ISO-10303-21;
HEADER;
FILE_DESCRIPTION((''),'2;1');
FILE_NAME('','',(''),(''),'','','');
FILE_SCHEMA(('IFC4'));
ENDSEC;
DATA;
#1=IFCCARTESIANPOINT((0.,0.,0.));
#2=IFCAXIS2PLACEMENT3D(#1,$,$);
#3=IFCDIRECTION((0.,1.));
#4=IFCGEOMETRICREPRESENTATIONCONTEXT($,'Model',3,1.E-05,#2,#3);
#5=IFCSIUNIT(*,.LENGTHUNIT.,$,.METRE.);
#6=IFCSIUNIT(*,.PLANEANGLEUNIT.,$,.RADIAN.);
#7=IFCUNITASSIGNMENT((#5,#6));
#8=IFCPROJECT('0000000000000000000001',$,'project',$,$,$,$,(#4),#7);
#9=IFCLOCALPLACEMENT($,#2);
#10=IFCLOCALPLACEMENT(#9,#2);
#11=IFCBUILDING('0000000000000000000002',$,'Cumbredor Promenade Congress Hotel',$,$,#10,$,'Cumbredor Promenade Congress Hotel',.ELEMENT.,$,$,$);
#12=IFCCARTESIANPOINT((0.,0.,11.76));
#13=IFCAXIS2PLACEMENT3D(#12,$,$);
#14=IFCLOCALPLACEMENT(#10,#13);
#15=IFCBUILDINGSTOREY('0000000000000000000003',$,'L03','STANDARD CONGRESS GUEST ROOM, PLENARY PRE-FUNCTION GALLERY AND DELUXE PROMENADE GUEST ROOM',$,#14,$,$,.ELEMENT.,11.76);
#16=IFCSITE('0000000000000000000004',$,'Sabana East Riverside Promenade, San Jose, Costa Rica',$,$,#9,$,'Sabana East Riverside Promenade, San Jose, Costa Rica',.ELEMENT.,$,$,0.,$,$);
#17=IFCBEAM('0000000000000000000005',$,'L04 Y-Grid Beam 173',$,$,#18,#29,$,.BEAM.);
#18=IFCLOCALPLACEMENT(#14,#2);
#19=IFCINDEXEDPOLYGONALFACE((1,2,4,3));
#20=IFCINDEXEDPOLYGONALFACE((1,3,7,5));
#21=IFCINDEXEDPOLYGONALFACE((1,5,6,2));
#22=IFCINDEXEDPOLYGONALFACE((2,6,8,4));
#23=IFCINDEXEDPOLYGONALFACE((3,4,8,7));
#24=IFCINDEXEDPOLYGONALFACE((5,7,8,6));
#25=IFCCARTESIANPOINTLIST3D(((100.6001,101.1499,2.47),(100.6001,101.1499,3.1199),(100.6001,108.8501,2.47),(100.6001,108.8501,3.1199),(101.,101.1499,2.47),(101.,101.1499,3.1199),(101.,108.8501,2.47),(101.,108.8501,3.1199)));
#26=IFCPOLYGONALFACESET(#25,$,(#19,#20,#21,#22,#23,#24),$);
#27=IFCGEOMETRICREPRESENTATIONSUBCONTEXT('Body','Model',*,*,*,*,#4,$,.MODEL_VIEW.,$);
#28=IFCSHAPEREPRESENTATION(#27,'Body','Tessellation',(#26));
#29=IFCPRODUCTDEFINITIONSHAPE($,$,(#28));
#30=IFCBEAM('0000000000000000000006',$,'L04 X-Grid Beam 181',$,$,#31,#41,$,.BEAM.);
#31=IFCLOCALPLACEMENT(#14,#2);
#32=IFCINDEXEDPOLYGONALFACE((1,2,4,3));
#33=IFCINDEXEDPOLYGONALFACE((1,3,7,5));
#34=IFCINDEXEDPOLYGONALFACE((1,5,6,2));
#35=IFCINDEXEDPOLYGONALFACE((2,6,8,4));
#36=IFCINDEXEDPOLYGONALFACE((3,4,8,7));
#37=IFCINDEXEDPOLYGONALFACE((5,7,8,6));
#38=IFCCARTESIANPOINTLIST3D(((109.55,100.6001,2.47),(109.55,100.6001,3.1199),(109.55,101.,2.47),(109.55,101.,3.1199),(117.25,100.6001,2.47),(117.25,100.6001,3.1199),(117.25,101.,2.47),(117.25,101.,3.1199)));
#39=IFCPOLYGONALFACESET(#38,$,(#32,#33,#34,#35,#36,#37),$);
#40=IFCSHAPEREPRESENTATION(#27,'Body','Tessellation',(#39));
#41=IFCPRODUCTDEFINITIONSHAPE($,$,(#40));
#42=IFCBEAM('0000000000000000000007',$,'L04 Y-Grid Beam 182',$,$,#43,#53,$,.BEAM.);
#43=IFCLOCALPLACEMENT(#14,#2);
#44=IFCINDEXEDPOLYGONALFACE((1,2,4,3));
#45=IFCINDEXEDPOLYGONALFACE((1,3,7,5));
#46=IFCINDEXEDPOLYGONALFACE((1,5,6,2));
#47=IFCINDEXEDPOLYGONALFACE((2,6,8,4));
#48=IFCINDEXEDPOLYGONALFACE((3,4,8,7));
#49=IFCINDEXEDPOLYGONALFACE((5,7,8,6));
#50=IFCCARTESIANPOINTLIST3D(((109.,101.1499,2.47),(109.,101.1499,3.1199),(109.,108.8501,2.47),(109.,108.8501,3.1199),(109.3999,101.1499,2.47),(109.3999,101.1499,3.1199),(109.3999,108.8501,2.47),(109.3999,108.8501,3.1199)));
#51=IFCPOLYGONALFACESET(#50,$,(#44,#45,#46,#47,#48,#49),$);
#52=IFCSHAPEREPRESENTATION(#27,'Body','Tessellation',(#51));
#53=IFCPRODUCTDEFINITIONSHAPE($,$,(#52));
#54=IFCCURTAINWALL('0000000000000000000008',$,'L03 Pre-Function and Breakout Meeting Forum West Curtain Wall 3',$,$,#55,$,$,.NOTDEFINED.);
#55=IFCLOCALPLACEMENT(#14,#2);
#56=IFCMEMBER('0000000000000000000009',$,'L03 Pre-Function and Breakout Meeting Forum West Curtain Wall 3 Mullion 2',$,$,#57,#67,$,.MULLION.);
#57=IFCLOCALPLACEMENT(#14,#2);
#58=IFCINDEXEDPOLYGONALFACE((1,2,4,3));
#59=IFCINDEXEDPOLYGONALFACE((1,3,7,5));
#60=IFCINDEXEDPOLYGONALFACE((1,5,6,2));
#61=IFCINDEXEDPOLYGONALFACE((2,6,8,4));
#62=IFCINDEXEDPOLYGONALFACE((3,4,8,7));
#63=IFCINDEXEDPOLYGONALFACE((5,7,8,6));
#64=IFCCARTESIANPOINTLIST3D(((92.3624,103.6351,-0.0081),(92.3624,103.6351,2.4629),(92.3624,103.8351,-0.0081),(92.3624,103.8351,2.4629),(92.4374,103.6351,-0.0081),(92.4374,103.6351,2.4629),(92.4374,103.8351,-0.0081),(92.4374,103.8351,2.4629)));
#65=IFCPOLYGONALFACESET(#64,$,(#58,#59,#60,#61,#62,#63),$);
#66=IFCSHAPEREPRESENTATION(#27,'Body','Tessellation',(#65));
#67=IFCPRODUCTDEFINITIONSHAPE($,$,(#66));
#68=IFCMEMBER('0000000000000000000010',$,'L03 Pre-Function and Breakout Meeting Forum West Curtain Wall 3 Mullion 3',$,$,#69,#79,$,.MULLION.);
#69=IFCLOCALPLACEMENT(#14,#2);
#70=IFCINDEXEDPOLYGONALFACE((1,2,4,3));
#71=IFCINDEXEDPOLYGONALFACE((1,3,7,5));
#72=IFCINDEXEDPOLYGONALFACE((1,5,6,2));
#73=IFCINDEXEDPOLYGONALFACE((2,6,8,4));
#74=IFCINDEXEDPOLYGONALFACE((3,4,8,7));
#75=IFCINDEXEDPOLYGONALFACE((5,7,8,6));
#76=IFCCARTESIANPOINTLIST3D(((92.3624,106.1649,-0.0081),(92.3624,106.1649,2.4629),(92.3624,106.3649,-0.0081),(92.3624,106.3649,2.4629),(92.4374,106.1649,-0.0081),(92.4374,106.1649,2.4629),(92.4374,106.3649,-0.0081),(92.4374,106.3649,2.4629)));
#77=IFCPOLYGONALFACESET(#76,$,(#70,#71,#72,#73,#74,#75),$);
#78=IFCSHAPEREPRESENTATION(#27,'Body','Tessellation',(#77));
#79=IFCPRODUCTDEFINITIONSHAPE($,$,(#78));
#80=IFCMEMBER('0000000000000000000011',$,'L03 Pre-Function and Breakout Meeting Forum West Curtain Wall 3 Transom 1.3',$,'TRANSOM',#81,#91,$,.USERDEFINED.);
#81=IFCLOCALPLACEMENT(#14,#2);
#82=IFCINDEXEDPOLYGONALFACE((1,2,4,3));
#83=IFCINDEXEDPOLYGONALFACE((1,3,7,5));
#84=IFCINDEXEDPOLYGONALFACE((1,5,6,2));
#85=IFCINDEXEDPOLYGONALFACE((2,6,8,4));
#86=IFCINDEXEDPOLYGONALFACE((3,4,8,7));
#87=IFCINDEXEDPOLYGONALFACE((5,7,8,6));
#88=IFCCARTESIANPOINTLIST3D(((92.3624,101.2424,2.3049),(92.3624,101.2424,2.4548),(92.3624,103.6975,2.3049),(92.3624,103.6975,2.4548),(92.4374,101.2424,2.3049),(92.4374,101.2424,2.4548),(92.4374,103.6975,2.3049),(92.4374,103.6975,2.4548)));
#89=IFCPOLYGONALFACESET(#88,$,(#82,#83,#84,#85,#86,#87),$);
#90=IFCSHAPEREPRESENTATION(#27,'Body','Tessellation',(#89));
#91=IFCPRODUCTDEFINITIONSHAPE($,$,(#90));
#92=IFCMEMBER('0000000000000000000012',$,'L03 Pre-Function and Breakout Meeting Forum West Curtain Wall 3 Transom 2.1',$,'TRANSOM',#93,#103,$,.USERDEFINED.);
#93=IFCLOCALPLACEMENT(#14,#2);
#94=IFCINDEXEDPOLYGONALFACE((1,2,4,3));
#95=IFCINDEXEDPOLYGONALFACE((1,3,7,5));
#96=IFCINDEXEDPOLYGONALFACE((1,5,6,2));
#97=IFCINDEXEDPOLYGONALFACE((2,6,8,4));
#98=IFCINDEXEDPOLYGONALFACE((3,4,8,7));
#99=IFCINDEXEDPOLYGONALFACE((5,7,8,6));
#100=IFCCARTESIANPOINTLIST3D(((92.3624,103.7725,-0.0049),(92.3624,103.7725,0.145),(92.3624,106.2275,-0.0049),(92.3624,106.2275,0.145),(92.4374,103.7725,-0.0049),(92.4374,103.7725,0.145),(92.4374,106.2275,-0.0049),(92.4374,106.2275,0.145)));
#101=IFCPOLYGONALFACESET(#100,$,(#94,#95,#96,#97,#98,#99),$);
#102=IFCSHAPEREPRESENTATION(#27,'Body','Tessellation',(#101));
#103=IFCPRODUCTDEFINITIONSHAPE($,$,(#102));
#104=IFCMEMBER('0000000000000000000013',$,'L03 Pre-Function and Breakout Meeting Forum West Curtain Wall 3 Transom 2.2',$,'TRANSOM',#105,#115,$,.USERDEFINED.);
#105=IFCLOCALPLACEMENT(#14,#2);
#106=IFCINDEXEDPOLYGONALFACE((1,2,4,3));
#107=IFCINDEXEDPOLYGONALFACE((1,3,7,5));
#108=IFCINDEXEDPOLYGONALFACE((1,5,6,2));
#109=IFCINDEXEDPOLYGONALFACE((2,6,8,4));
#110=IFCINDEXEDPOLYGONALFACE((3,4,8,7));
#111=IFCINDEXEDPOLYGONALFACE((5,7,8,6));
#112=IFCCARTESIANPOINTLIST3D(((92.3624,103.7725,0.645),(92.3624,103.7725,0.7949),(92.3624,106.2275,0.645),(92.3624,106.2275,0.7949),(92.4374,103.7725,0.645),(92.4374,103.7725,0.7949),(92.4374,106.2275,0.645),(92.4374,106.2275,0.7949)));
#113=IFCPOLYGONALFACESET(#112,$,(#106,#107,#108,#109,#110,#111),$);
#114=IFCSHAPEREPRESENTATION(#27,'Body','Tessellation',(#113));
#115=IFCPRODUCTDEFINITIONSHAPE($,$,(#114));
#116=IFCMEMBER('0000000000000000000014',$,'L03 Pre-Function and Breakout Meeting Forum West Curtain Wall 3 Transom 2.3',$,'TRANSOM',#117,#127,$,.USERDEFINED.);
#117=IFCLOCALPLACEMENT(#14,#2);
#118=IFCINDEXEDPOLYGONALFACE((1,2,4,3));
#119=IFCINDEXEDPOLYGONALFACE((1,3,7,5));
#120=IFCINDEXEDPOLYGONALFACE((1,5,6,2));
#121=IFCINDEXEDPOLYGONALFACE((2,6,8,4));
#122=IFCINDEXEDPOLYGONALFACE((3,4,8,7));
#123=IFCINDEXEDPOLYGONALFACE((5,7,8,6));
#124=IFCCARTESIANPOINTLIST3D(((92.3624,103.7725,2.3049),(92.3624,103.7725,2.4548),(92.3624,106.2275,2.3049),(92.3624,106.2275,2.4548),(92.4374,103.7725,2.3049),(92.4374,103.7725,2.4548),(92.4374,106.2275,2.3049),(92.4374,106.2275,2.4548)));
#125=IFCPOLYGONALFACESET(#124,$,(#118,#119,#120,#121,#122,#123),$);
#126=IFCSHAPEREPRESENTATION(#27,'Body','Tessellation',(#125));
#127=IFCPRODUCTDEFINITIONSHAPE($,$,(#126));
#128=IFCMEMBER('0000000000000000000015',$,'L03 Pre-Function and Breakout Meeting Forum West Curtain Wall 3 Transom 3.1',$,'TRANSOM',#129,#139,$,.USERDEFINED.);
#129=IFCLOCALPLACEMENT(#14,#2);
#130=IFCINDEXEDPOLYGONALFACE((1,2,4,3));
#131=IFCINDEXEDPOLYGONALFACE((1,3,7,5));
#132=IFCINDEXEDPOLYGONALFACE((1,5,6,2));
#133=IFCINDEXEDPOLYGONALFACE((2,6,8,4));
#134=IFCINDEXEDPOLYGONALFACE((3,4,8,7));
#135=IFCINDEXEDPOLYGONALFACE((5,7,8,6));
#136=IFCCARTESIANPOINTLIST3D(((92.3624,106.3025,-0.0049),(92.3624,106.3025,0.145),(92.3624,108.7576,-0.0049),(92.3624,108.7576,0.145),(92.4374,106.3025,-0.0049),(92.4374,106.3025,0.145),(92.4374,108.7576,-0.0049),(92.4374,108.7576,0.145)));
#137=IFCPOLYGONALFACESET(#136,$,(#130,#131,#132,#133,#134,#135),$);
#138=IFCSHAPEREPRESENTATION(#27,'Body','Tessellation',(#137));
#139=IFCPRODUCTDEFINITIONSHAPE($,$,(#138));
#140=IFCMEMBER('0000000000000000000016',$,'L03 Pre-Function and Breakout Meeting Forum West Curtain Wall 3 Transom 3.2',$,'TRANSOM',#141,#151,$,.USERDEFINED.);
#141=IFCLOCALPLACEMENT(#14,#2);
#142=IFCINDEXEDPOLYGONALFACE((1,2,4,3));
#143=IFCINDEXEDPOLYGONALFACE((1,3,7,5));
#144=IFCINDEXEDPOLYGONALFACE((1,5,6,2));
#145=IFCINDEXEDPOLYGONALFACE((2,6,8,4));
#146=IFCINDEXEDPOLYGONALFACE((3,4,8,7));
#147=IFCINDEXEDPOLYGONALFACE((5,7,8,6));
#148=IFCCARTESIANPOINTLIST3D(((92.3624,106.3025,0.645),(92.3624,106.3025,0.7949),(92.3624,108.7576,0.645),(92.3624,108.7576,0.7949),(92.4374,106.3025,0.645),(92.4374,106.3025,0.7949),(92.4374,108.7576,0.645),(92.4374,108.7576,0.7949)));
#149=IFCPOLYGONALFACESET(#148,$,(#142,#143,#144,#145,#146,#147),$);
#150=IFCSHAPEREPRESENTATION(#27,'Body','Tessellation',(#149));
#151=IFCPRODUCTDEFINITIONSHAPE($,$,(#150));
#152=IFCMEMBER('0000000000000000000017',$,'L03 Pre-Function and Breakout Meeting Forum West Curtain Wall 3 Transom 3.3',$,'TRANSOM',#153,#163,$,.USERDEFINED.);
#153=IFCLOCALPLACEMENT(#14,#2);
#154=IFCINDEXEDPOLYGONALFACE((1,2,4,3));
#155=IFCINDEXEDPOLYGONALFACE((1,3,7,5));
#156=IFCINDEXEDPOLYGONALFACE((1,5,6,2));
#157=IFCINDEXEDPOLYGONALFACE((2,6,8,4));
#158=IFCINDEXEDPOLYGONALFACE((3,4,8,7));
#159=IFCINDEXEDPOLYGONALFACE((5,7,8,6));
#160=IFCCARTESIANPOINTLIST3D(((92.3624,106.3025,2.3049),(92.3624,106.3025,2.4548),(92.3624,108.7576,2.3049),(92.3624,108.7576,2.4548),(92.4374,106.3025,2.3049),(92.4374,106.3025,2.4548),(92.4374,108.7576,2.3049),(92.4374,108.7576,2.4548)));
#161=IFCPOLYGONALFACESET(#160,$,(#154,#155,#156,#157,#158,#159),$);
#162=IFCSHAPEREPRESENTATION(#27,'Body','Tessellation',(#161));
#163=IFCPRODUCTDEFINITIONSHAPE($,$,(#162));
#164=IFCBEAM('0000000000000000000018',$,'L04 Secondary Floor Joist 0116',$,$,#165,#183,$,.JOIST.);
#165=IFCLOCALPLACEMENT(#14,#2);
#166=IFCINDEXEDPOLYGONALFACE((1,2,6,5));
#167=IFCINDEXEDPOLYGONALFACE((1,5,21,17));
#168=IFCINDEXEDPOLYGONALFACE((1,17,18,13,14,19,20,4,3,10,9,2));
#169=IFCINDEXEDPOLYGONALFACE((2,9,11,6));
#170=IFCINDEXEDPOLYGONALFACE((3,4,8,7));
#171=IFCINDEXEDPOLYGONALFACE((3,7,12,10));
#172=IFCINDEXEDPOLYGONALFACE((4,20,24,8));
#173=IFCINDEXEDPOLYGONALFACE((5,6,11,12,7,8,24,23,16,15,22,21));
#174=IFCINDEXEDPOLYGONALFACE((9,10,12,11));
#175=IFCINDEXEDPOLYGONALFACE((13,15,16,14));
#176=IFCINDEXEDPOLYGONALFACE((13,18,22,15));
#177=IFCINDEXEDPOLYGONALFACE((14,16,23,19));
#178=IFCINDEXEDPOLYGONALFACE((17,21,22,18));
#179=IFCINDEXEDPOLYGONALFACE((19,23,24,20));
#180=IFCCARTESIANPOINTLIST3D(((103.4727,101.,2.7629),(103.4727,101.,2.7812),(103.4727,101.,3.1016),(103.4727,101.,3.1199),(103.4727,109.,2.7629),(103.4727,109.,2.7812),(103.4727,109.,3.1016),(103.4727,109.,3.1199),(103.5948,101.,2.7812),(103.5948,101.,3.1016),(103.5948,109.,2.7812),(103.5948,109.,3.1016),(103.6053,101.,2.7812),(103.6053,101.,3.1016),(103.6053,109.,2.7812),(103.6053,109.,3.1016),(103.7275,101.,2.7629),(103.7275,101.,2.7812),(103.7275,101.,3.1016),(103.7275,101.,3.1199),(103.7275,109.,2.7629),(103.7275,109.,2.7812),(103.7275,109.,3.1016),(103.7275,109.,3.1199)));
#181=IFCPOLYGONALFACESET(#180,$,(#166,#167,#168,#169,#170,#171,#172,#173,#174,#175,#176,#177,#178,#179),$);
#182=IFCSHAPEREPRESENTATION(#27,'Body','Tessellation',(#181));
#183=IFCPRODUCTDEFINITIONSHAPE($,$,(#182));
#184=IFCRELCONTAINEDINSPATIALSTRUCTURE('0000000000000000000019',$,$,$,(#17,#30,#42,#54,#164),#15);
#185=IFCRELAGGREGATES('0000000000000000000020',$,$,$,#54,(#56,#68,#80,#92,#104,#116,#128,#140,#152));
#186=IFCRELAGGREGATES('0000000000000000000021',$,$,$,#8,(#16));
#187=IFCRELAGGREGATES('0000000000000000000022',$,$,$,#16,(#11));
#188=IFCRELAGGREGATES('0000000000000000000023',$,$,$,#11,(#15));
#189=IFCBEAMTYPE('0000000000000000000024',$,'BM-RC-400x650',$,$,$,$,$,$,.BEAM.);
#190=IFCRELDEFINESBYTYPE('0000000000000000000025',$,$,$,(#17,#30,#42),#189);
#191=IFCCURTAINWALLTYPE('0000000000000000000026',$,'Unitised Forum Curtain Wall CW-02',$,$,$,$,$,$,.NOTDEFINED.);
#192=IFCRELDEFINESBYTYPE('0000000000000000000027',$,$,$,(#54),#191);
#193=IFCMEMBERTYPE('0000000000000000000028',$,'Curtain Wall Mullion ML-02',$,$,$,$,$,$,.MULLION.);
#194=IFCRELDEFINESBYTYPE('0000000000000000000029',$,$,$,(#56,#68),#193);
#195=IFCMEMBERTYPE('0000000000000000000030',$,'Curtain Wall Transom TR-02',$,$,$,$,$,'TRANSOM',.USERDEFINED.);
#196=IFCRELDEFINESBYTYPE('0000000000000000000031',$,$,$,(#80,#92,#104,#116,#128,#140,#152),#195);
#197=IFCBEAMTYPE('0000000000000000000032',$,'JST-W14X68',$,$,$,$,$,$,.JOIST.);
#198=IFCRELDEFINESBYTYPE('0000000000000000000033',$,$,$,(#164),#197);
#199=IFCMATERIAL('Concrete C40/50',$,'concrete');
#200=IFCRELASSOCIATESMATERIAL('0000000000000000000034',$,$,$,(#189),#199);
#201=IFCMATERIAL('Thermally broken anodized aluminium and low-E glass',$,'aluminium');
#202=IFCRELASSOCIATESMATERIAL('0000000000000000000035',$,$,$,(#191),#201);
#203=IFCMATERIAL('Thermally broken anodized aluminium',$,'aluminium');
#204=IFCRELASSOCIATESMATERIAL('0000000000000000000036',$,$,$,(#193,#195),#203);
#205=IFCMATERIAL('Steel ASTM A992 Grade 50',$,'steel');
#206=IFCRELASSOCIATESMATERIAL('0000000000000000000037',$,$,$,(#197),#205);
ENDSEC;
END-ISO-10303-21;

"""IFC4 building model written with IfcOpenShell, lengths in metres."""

from ifc_helpers import new_model, si_unit, direction, frame, origin, origin_2d, place, context, subcontext, project, spatial, rectangle, i_section, extrude, material, material_profile, profile_set, type_object, element, aggregate, save


model = new_model("IFC4")

# Units and contexts
model_context = context("Model", 3, precision=1e-05, world=origin(), true_north=direction((0.0, 1.0)))
body_context = subcontext(model_context, "Body", "Model", "MODEL_VIEW")
ifc_project = project(units=[si_unit("LENGTHUNIT", "METRE"), si_unit("PLANEANGLEUNIT", "RADIAN")], contexts=[model_context])

# Site, building, storey
site_placement = place(None, origin())
site = spatial("IfcSite", under=ifc_project, at=site_placement, Name="Sabana East Riverside Promenade, San Jose, Costa Rica", LongName="Sabana East Riverside Promenade, San Jose, Costa Rica", CompositionType="ELEMENT", RefElevation=0.0)
building_placement = place(site_placement, origin())
building = spatial("IfcBuilding", under=site, at=building_placement, Name="Cumbredor Promenade Congress Hotel", LongName="Cumbredor Promenade Congress Hotel", CompositionType="ELEMENT")
storey_placement = place(building_placement, frame((0.0, 0.0, 11.76)))
storey = spatial("IfcBuildingStorey", under=building, at=storey_placement, Name="L03", Description="STANDARD CONGRESS GUEST ROOM, PLENARY PRE-FUNCTION GALLERY AND DELUXE PROMENADE GUEST ROOM", CompositionType="ELEMENT", Elevation=11.76)

# Beams
ifc_material_1 = material(Name="Concrete C40/50", Category="concrete")
ifc_material_profile_1 = material_profile(ifc_material_1, rectangle(XDim=0.3999, YDim=0.6499, at=origin_2d()), Name="RC BEAM 400x650")
ifc_profile_set_1 = profile_set([ifc_material_profile_1], Name="Concrete C40/50")
beam_type_1 = type_object("IfcBeamType", Name="BM-RC-400x650", PredefinedType="BEAM", material=ifc_profile_set_1)
beam_1_placement = place(storey_placement, frame((100.8, 101.1499, 2.7949), z_axis=(0.0, 1.0, 0.0), x_axis=(-1.0, 0.0, 0.0)))
element("IfcBeam", 1, at=beam_1_placement, inside=storey, type_object=beam_type_1, Name="L04 Y-Grid Beam 173", PredefinedType="BEAM", context=body_context, shape_type="SweptSolid", body=[
    extrude(rectangle(XDim=0.3999, YDim=0.6499, at=origin_2d()), origin(), (0.0, 0.0, 1.0), 7.7002),
])
beam_2_placement = place(storey_placement, frame((109.55, 100.8, 2.7949), z_axis=(1.0, 0.0, 0.0), x_axis=(0.0, 1.0, 0.0)))
element("IfcBeam", 2, at=beam_2_placement, inside=storey, type_object=beam_type_1, Name="L04 X-Grid Beam 181", PredefinedType="BEAM", context=body_context, shape_type="SweptSolid", body=[
    extrude(rectangle(XDim=0.3999, YDim=0.6499, at=origin_2d()), origin(), (0.0, 0.0, 1.0), 7.7),
])
beam_3_placement = place(storey_placement, frame((109.2, 101.1499, 2.7949), z_axis=(0.0, 1.0, 0.0), x_axis=(-1.0, 0.0, 0.0)))
element("IfcBeam", 3, at=beam_3_placement, inside=storey, type_object=beam_type_1, Name="L04 Y-Grid Beam 182", PredefinedType="BEAM", context=body_context, shape_type="SweptSolid", body=[
    extrude(rectangle(XDim=0.3999, YDim=0.6499, at=origin_2d()), origin(), (0.0, 0.0, 1.0), 7.7002),
])

# Curtain wall, members
ifc_material_2 = material(Name="Thermally broken anodized aluminium and low-E glass", Category="aluminium")
curtain_wall_type = type_object("IfcCurtainWallType", Name="Unitised Forum Curtain Wall CW-02", PredefinedType="NOTDEFINED", material=ifc_material_2)
curtain_wall_placement = place(storey_placement, origin())
curtain_wall = element("IfcCurtainWall", 4, at=curtain_wall_placement, inside=storey, type_object=curtain_wall_type, Name="L03 Pre-Function and Breakout Meeting Forum West Curtain Wall 3", PredefinedType="NOTDEFINED")
ifc_material_3 = material(Name="Thermally broken anodized aluminium", Category="aluminium")
ifc_material_profile_2 = material_profile(ifc_material_3, rectangle(XDim=0.075, YDim=0.2, at=origin_2d()), Name="ALU MULLION 75x200")
ifc_profile_set_2 = profile_set([ifc_material_profile_2], Name="Thermally broken anodized aluminium")
member_type_1 = type_object("IfcMemberType", Name="Curtain Wall Mullion ML-02", PredefinedType="MULLION", material=ifc_profile_set_2)
member_1_placement = place(storey_placement, frame((92.3999, 103.7351, -0.0081), z_axis=(0.0, 0.0, 1.0), x_axis=(1.0, 0.0, 0.0)))
member_1 = element("IfcMember", 5, at=member_1_placement, type_object=member_type_1, Name="L03 Pre-Function and Breakout Meeting Forum West Curtain Wall 3 Mullion 2", PredefinedType="MULLION", context=body_context, shape_type="SweptSolid", body=[
    extrude(rectangle(XDim=0.075, YDim=0.2, at=origin_2d()), origin(), (0.0, 0.0, 1.0), 2.4709),
])
member_2_placement = place(storey_placement, frame((92.3999, 106.2649, -0.0081), z_axis=(0.0, 0.0, 1.0), x_axis=(1.0, 0.0, 0.0)))
member_2 = element("IfcMember", 6, at=member_2_placement, type_object=member_type_1, Name="L03 Pre-Function and Breakout Meeting Forum West Curtain Wall 3 Mullion 3", PredefinedType="MULLION", context=body_context, shape_type="SweptSolid", body=[
    extrude(rectangle(XDim=0.075, YDim=0.2, at=origin_2d()), origin(), (0.0, 0.0, 1.0), 2.4709),
])
ifc_material_profile_3 = material_profile(ifc_material_3, rectangle(XDim=0.075, YDim=0.1499, at=origin_2d()), Name="ALU TRANSOM 75x150")
ifc_profile_set_3 = profile_set([ifc_material_profile_3], Name="Thermally broken anodized aluminium")
member_type_2 = type_object("IfcMemberType", Name="Curtain Wall Transom TR-02", ElementType="TRANSOM", PredefinedType="USERDEFINED", material=ifc_profile_set_3)
member_3_placement = place(storey_placement, frame((92.3999, 101.2424, 2.3799), z_axis=(0.0, 1.0, 0.0), x_axis=(-1.0, 0.0, 0.0)))
member_3 = element("IfcMember", 7, at=member_3_placement, type_object=member_type_2, Name="L03 Pre-Function and Breakout Meeting Forum West Curtain Wall 3 Transom 1.3", ObjectType="TRANSOM", PredefinedType="USERDEFINED", context=body_context, shape_type="SweptSolid", body=[
    extrude(rectangle(XDim=0.075, YDim=0.1499, at=origin_2d()), origin(), (0.0, 0.0, 1.0), 2.4551),
])
member_4_placement = place(storey_placement, frame((92.3999, 103.7725, 0.0701), z_axis=(0.0, 1.0, 0.0), x_axis=(-1.0, 0.0, 0.0)))
member_4 = element("IfcMember", 8, at=member_4_placement, type_object=member_type_2, Name="L03 Pre-Function and Breakout Meeting Forum West Curtain Wall 3 Transom 2.1", ObjectType="TRANSOM", PredefinedType="USERDEFINED", context=body_context, shape_type="SweptSolid", body=[
    extrude(rectangle(XDim=0.075, YDim=0.1499, at=origin_2d()), origin(), (0.0, 0.0, 1.0), 2.4551),
])
member_5_placement = place(storey_placement, frame((92.3999, 103.7725, 0.72), z_axis=(0.0, 1.0, 0.0), x_axis=(-1.0, 0.0, 0.0)))
member_5 = element("IfcMember", 9, at=member_5_placement, type_object=member_type_2, Name="L03 Pre-Function and Breakout Meeting Forum West Curtain Wall 3 Transom 2.2", ObjectType="TRANSOM", PredefinedType="USERDEFINED", context=body_context, shape_type="SweptSolid", body=[
    extrude(rectangle(XDim=0.075, YDim=0.1499, at=origin_2d()), origin(), (0.0, 0.0, 1.0), 2.4551),
])
member_6_placement = place(storey_placement, frame((92.3999, 103.7725, 2.3799), z_axis=(0.0, 1.0, 0.0), x_axis=(-1.0, 0.0, 0.0)))
member_6 = element("IfcMember", 10, at=member_6_placement, type_object=member_type_2, Name="L03 Pre-Function and Breakout Meeting Forum West Curtain Wall 3 Transom 2.3", ObjectType="TRANSOM", PredefinedType="USERDEFINED", context=body_context, shape_type="SweptSolid", body=[
    extrude(rectangle(XDim=0.075, YDim=0.1499, at=origin_2d()), origin(), (0.0, 0.0, 1.0), 2.4551),
])
member_7_placement = place(storey_placement, frame((92.3999, 106.3025, 0.0701), z_axis=(0.0, 1.0, 0.0), x_axis=(-1.0, 0.0, 0.0)))
member_7 = element("IfcMember", 11, at=member_7_placement, type_object=member_type_2, Name="L03 Pre-Function and Breakout Meeting Forum West Curtain Wall 3 Transom 3.1", ObjectType="TRANSOM", PredefinedType="USERDEFINED", context=body_context, shape_type="SweptSolid", body=[
    extrude(rectangle(XDim=0.075, YDim=0.1499, at=origin_2d()), origin(), (0.0, 0.0, 1.0), 2.4551),
])
member_8_placement = place(storey_placement, frame((92.3999, 106.3025, 0.72), z_axis=(0.0, 1.0, 0.0), x_axis=(-1.0, 0.0, 0.0)))
member_8 = element("IfcMember", 12, at=member_8_placement, type_object=member_type_2, Name="L03 Pre-Function and Breakout Meeting Forum West Curtain Wall 3 Transom 3.2", ObjectType="TRANSOM", PredefinedType="USERDEFINED", context=body_context, shape_type="SweptSolid", body=[
    extrude(rectangle(XDim=0.075, YDim=0.1499, at=origin_2d()), origin(), (0.0, 0.0, 1.0), 2.4551),
])
member_9_placement = place(storey_placement, frame((92.3999, 106.3025, 2.3799), z_axis=(0.0, 1.0, 0.0), x_axis=(-1.0, 0.0, 0.0)))
member_9 = element("IfcMember", 13, at=member_9_placement, type_object=member_type_2, Name="L03 Pre-Function and Breakout Meeting Forum West Curtain Wall 3 Transom 3.3", ObjectType="TRANSOM", PredefinedType="USERDEFINED", context=body_context, shape_type="SweptSolid", body=[
    extrude(rectangle(XDim=0.075, YDim=0.1499, at=origin_2d()), origin(), (0.0, 0.0, 1.0), 2.4551),
])

# Beam
ifc_material_4 = material(Name="Steel ASTM A992 Grade 50", Category="steel")
ifc_material_profile_4 = material_profile(ifc_material_4, i_section(OverallWidth=0.2549, OverallDepth=0.3569, WebThickness=0.0105, FlangeThickness=0.0183, at=origin_2d()), Name="W14X68")
ifc_profile_set_4 = profile_set([ifc_material_profile_4], Name="Steel ASTM A992 Grade 50")
beam_type_2 = type_object("IfcBeamType", Name="JST-W14X68", PredefinedType="JOIST", material=ifc_profile_set_4)
for number, where, z_axis, x_axis, name in (
    (14, (103.6001, 101.0, 2.9414), (0.0, 1.0, 0.0), (-1.0, 0.0, 0.0), "L04 Secondary Floor Joist 0116"),
):
    element("IfcBeam", number, at=place(storey_placement, frame(where, z_axis=z_axis, x_axis=x_axis)), inside=storey, type_object=beam_type_2, Name=name, PredefinedType="JOIST", context=body_context, shape_type="SweptSolid", body=[
        extrude(i_section(OverallWidth=0.2549, OverallDepth=0.3569, WebThickness=0.0105, FlangeThickness=0.0183, at=origin_2d()), origin(), (0.0, 0.0, 1.0), 8.0),
    ])

aggregate(curtain_wall, [member_1, member_2, member_3, member_4, member_5, member_6, member_7, member_8, member_9])

save(model, "model.ifc")
